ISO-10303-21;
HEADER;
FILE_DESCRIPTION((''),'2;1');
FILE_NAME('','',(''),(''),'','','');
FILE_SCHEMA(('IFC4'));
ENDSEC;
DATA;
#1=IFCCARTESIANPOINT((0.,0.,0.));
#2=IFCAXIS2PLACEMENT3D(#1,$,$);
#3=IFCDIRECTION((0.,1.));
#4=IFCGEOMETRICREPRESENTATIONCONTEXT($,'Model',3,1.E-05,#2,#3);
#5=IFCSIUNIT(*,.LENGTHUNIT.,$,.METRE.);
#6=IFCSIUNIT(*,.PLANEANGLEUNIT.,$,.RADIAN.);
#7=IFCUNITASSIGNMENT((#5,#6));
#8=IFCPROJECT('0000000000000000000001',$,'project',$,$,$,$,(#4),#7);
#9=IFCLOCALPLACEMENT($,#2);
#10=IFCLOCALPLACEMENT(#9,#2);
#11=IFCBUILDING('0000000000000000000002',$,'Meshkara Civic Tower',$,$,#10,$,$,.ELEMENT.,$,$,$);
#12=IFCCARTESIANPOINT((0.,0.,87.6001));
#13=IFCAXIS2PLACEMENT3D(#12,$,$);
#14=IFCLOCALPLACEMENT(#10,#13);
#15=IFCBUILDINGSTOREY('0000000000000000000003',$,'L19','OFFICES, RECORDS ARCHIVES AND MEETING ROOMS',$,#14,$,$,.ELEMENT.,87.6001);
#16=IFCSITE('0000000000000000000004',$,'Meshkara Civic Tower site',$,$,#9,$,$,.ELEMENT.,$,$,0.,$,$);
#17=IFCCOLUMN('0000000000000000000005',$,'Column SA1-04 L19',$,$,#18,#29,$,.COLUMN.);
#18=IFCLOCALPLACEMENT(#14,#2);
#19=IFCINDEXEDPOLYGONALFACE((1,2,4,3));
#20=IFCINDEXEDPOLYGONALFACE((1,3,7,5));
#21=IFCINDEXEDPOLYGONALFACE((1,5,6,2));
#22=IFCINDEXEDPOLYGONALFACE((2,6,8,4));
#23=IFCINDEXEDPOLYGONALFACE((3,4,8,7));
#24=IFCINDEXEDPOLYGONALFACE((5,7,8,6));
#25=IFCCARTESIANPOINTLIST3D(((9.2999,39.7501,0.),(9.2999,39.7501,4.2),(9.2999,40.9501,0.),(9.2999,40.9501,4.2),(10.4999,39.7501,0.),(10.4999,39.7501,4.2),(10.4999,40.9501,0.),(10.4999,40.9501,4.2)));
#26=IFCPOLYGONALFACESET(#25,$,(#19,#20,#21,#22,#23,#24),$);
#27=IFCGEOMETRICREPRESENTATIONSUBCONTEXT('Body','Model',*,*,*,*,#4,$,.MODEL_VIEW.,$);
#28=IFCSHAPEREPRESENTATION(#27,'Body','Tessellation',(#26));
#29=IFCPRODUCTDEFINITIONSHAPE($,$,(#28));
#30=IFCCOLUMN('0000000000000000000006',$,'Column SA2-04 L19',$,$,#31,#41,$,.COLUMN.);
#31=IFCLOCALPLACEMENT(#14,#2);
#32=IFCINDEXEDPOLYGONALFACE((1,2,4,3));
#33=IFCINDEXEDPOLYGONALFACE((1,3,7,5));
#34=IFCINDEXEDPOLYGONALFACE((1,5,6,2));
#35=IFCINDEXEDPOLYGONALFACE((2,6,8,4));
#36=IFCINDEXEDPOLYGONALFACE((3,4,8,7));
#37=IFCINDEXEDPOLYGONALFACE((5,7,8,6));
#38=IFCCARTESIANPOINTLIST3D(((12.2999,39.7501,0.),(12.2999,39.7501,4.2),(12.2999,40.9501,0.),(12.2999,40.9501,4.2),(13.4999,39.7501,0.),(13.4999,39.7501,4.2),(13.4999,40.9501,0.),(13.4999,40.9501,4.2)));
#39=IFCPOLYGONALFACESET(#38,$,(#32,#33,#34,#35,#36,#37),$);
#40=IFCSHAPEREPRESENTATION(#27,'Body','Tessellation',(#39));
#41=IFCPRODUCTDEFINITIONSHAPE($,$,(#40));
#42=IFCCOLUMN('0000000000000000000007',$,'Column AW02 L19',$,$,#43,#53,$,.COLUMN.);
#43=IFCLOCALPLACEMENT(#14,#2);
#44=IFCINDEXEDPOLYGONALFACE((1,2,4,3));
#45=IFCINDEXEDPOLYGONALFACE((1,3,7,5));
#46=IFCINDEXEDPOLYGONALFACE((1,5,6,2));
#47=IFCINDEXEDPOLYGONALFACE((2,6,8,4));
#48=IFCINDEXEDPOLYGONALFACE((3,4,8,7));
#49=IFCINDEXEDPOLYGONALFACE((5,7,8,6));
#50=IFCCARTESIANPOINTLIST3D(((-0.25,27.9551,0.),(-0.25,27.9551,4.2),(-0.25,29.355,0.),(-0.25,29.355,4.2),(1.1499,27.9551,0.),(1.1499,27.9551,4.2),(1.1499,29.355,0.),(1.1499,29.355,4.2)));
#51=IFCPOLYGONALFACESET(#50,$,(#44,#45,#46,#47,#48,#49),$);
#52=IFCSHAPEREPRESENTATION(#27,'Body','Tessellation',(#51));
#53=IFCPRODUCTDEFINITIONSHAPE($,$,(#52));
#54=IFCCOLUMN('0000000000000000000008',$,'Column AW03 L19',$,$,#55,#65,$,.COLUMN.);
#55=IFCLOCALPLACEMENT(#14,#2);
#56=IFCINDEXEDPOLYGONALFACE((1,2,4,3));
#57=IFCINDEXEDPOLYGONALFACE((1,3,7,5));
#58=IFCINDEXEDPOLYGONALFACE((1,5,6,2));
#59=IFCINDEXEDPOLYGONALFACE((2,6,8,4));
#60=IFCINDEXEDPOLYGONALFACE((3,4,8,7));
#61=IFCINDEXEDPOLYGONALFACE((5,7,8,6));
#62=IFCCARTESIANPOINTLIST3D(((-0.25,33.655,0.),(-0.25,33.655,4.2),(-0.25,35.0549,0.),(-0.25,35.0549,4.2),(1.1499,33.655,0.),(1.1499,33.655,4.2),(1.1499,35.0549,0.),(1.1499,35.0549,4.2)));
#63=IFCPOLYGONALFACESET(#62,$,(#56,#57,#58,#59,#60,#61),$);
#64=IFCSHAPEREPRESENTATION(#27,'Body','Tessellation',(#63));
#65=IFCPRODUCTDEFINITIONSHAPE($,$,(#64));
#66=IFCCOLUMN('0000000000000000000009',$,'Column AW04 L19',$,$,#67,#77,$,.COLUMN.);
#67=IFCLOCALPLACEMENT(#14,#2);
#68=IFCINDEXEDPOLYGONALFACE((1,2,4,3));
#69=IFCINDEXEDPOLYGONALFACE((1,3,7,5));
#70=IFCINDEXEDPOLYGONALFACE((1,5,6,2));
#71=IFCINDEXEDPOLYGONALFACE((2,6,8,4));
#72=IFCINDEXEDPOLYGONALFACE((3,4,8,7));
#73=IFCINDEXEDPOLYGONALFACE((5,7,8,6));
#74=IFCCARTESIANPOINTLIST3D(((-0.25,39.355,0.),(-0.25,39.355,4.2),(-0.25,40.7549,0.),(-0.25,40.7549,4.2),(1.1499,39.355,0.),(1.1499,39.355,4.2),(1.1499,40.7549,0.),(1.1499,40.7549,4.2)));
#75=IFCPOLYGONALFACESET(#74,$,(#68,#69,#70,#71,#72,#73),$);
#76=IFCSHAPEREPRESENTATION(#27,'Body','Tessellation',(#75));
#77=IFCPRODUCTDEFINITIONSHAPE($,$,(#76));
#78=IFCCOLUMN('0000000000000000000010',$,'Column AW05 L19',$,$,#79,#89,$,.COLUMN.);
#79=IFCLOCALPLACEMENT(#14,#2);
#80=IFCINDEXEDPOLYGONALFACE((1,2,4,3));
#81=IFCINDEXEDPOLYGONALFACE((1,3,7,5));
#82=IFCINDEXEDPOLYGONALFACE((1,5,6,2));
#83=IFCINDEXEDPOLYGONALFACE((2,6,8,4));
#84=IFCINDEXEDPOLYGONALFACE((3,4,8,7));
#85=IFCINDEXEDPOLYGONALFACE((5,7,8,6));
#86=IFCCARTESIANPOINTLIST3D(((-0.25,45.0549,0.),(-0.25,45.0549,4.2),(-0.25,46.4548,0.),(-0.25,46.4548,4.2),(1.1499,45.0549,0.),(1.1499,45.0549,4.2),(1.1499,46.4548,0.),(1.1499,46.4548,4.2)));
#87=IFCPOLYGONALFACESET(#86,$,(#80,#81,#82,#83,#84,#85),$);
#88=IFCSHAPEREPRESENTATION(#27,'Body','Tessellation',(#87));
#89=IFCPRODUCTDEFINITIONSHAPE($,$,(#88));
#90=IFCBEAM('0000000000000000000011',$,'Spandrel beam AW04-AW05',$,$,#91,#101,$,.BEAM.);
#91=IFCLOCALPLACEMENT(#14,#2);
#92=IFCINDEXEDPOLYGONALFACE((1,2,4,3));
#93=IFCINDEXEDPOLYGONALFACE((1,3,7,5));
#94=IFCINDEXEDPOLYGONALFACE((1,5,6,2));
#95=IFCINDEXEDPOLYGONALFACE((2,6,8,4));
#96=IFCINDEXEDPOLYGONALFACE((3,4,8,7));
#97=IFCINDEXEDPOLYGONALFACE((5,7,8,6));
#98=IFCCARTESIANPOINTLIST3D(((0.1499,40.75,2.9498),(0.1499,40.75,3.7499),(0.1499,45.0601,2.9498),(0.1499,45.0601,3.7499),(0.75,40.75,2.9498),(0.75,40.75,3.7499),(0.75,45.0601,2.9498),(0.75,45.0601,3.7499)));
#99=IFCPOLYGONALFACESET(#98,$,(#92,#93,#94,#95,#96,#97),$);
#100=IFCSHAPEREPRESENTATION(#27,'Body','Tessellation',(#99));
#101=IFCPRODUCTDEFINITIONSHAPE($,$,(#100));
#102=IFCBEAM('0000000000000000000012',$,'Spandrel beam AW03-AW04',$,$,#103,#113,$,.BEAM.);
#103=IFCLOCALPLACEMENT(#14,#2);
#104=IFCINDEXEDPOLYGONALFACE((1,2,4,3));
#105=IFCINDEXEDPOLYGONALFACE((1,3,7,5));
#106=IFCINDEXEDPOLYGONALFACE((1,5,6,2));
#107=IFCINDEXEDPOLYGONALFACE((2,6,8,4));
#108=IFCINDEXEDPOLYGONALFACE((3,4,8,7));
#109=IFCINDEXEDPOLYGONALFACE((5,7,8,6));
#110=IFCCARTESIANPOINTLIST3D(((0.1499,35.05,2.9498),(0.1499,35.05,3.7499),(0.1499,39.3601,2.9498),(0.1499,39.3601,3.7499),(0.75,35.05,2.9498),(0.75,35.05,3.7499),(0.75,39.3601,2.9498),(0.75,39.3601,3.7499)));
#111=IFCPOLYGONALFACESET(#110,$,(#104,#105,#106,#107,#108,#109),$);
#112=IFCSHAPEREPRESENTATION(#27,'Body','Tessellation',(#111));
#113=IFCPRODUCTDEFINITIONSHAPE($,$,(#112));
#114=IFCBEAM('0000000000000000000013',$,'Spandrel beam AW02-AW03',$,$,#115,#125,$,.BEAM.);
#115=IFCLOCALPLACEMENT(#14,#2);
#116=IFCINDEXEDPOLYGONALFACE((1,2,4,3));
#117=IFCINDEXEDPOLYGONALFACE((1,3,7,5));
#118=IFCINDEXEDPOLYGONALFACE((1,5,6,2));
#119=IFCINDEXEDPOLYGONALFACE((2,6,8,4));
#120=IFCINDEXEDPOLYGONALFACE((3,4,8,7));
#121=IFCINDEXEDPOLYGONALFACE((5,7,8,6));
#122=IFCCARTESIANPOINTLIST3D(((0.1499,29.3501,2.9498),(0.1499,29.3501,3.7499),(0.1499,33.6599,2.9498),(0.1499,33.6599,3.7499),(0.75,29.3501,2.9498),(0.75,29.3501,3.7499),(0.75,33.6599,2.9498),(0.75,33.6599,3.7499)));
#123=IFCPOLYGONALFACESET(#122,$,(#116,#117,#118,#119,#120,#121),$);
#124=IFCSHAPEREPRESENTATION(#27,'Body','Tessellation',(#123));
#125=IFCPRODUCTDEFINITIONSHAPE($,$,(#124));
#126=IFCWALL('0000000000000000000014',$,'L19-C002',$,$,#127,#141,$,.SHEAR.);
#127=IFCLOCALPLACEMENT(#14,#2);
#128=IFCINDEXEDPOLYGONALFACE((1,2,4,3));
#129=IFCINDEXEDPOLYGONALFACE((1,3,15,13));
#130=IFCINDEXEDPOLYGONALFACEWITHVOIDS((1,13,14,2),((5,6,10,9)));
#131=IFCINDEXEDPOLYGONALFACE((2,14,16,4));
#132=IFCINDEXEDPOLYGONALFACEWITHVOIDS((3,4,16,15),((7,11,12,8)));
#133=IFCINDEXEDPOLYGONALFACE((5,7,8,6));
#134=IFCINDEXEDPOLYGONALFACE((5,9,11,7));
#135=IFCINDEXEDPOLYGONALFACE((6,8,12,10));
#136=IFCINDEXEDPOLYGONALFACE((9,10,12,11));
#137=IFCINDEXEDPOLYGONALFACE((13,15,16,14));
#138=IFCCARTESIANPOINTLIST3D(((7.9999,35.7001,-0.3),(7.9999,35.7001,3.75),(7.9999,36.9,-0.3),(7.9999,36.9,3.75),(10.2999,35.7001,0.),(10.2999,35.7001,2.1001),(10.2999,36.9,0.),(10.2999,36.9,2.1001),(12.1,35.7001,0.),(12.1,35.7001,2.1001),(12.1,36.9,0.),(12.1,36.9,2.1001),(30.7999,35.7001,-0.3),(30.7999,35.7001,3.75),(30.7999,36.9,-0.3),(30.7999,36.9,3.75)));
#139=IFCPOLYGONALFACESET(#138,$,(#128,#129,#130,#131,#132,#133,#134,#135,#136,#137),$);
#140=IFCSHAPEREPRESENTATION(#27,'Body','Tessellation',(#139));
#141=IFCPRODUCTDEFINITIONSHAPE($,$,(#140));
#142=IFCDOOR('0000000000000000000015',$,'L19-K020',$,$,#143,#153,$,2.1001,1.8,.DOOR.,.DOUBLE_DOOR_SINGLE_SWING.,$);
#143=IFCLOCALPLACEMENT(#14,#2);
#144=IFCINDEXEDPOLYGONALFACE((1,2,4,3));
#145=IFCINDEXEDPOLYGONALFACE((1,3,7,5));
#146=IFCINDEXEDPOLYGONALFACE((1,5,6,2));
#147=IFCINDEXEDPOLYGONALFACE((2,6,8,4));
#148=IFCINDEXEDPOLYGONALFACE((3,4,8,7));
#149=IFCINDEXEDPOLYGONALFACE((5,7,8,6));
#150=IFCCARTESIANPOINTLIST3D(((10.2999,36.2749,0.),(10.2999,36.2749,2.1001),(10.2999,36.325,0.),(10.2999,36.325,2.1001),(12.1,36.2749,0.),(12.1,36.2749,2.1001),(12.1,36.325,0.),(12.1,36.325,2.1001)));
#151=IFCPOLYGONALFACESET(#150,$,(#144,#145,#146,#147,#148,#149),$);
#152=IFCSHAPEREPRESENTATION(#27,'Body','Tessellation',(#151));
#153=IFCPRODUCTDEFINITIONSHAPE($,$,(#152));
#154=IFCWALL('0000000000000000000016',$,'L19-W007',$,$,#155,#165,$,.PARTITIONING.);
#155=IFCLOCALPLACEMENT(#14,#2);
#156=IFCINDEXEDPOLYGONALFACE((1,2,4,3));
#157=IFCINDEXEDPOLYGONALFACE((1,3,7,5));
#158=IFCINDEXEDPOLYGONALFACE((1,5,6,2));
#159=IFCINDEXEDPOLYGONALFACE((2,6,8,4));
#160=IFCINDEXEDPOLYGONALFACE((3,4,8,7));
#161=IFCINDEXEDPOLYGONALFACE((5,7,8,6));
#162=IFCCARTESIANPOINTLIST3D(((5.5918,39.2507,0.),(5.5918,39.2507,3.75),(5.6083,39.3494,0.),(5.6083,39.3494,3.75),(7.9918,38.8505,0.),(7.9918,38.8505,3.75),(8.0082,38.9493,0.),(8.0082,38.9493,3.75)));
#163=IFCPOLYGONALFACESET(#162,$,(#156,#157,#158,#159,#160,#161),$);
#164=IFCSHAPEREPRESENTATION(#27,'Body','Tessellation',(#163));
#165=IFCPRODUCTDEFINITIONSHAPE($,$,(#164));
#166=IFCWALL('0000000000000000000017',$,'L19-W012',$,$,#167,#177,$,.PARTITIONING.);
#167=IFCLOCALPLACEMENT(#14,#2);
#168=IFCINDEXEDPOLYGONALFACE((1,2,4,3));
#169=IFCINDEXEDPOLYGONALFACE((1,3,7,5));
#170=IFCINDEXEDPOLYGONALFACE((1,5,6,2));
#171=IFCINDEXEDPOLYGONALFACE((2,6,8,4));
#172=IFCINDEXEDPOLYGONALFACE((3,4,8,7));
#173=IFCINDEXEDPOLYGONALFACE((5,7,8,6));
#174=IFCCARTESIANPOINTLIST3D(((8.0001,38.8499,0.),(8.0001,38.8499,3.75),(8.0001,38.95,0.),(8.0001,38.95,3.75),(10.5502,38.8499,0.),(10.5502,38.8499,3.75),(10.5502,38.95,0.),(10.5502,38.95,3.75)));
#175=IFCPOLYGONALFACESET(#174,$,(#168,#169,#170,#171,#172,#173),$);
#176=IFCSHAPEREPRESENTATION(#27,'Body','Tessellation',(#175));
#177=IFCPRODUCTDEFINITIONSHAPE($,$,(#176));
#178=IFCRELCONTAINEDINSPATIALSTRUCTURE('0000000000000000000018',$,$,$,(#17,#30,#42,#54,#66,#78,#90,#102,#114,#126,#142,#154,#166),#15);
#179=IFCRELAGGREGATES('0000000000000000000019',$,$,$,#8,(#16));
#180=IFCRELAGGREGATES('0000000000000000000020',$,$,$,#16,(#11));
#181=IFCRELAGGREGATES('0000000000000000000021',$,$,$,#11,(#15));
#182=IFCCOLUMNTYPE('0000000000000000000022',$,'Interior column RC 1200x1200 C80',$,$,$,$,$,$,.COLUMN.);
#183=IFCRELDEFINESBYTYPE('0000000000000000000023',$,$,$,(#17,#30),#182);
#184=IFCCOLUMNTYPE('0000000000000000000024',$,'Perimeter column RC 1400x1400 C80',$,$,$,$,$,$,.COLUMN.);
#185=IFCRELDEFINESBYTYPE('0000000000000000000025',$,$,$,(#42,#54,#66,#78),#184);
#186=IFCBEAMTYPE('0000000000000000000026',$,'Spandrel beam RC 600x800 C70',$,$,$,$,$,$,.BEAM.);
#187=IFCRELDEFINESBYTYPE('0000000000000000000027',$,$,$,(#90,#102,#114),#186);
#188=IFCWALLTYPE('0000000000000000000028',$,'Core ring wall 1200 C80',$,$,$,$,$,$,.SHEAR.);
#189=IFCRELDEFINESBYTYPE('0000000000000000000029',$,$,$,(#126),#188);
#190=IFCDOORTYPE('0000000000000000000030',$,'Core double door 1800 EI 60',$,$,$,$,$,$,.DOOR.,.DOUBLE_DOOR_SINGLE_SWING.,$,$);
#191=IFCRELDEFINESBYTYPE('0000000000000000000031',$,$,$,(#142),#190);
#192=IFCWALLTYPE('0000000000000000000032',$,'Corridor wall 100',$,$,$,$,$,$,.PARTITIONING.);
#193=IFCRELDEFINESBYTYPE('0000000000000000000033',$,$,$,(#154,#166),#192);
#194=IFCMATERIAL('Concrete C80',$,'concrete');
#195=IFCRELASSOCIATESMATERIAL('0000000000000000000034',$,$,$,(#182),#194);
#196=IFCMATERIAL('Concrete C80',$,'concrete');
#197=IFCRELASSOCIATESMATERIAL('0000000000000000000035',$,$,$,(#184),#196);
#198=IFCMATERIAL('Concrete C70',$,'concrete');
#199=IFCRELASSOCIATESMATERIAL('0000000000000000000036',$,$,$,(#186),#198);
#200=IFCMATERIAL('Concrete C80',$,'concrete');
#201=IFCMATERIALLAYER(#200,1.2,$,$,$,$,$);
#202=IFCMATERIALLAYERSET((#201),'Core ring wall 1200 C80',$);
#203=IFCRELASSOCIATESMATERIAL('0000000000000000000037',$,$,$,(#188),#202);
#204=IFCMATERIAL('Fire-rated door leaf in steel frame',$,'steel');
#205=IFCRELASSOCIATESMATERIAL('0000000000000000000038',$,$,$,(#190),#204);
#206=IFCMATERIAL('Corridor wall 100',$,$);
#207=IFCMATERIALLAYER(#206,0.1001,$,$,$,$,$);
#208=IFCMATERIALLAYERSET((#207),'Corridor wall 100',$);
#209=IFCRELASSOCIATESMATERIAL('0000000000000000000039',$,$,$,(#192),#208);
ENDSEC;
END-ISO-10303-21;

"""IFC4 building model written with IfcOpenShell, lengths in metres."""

from ifc_helpers import new_model, si_unit, direction, frame, frame_2d, origin, origin_2d, place, context, subcontext, project, spatial, rectangle, extrude, material, layer, layer_set, material_profile, profile_set, type_object, element, fill, save


model = new_model("IFC4")

# Units and contexts
model_context = context("Model", 3, precision=1e-05, world=origin(), true_north=direction((0.0, 1.0)))
body_context = subcontext(model_context, "Body", "Model", "MODEL_VIEW")
ifc_project = project(units=[si_unit("LENGTHUNIT", "METRE"), si_unit("PLANEANGLEUNIT", "RADIAN")], contexts=[model_context])

# Site, building, storey
site_placement = place(None, origin())
site = spatial("IfcSite", under=ifc_project, at=site_placement, Name="Meshkara Civic Tower site", CompositionType="ELEMENT", RefElevation=0.0)
building_placement = place(site_placement, origin())
building = spatial("IfcBuilding", under=site, at=building_placement, Name="Meshkara Civic Tower", CompositionType="ELEMENT")
storey_placement = place(building_placement, frame((0.0, 0.0, 87.6001)))
storey = spatial("IfcBuildingStorey", under=building, at=storey_placement, Name="L19", Description="OFFICES, RECORDS ARCHIVES AND MEETING ROOMS", CompositionType="ELEMENT", Elevation=87.6001)

# Columns
ifc_material_1 = material(Name="Concrete C80", Category="concrete")
ifc_material_profile_1 = material_profile(ifc_material_1, rectangle(XDim=1.2, YDim=1.2, at=origin_2d()))
ifc_profile_set_1 = profile_set([ifc_material_profile_1], Name="Concrete C80")
column_type_1 = type_object("IfcColumnType", Name="Interior column RC 1200x1200 C80", PredefinedType="COLUMN", material=ifc_profile_set_1)
for number, where, z_axis, x_axis, name in (
    (1, (9.8999, 40.3501, 0.0), (0.0, 0.0, 1.0), (1.0, 0.0, 0.0), "Column SA1-04 L19"),
    (2, (12.8999, 40.3501, 0.0), (0.0, 0.0, 1.0), (1.0, 0.0, 0.0), "Column SA2-04 L19"),
):
    element("IfcColumn", number, at=place(storey_placement, frame(where, z_axis=z_axis, x_axis=x_axis)), inside=storey, type_object=column_type_1, Name=name, PredefinedType="COLUMN", context=body_context, shape_type="SweptSolid", body=[
        extrude(rectangle(XDim=1.2, YDim=1.2, at=origin_2d()), origin(), (0.0, 0.0, 1.0), 4.2),
    ])
ifc_material_2 = material(Name="Concrete C80", Category="concrete")
ifc_material_profile_2 = material_profile(ifc_material_2, rectangle(XDim=1.3999, YDim=1.3999, at=origin_2d()))
ifc_profile_set_2 = profile_set([ifc_material_profile_2], Name="Concrete C80")
column_type_2 = type_object("IfcColumnType", Name="Perimeter column RC 1400x1400 C80", PredefinedType="COLUMN", material=ifc_profile_set_2)
for number, where, z_axis, x_axis, name in (
    (3, (0.45, 28.655, 0.0), (0.0, 0.0, 1.0), (1.0, 0.0, 0.0), "Column AW02 L19"),
    (4, (0.45, 34.355, 0.0), (0.0, 0.0, 1.0), (1.0, 0.0, 0.0), "Column AW03 L19"),
    (5, (0.45, 40.0549, 0.0), (0.0, 0.0, 1.0), (1.0, 0.0, 0.0), "Column AW04 L19"),
    (6, (0.45, 45.7549, 0.0), (0.0, 0.0, 1.0), (1.0, 0.0, 0.0), "Column AW05 L19"),
):
    element("IfcColumn", number, at=place(storey_placement, frame(where, z_axis=z_axis, x_axis=x_axis)), inside=storey, type_object=column_type_2, Name=name, PredefinedType="COLUMN", context=body_context, shape_type="SweptSolid", body=[
        extrude(rectangle(XDim=1.3999, YDim=1.3999, at=origin_2d()), origin(), (0.0, 0.0, 1.0), 4.2),
    ])

# Beams
ifc_material_3 = material(Name="Concrete C70", Category="concrete")
ifc_material_profile_3 = material_profile(ifc_material_3, rectangle(XDim=0.6001, YDim=0.8, at=origin_2d()))
ifc_profile_set_3 = profile_set([ifc_material_profile_3], Name="Concrete C70")
beam_type = type_object("IfcBeamType", Name="Spandrel beam RC 600x800 C70", PredefinedType="BEAM", material=ifc_profile_set_3)
for number, where, z_axis, x_axis, name in (
    (7, (0.45, 45.0601, 3.3499), (0.0, -1.0, 0.0), (1.0, 0.0, 0.0), "Spandrel beam AW04-AW05"),
    (8, (0.45, 39.3601, 3.3499), (0.0, -1.0, 0.0), (1.0, 0.0, 0.0), "Spandrel beam AW03-AW04"),
):
    element("IfcBeam", number, at=place(storey_placement, frame(where, z_axis=z_axis, x_axis=x_axis)), inside=storey, type_object=beam_type, Name=name, PredefinedType="BEAM", context=body_context, shape_type="SweptSolid", body=[
        extrude(rectangle(XDim=0.6001, YDim=0.8, at=origin_2d()), origin(), (0.0, 0.0, 1.0), 4.3101),
    ])
beam_placement = place(storey_placement, frame((0.45, 33.6599, 3.3499), z_axis=(0.0, -1.0, 0.0), x_axis=(1.0, 0.0, 0.0)))
element("IfcBeam", 9, at=beam_placement, inside=storey, type_object=beam_type, Name="Spandrel beam AW02-AW03", PredefinedType="BEAM", context=body_context, shape_type="SweptSolid", body=[
    extrude(rectangle(XDim=0.6001, YDim=0.8, at=origin_2d()), origin(), (0.0, 0.0, 1.0), 4.3098),
])

# Wall, opening, door
ifc_material_4 = material(Name="Concrete C80", Category="concrete")
ifc_layer_1 = layer(ifc_material_4, 1.2)
ifc_layer_set_1 = layer_set([ifc_layer_1], Name="Core ring wall 1200 C80")
wall_type_1 = type_object("IfcWallType", Name="Core ring wall 1200 C80", PredefinedType="SHEAR", material=ifc_layer_set_1)
wall_1_placement = place(storey_placement, frame((8.0, 36.3, -0.3), z_axis=(0.0, 0.0, 1.0), x_axis=(1.0, 0.0, 0.0)))
wall_1 = element("IfcWall", 10, at=wall_1_placement, inside=storey, type_object=wall_type_1, Name="L19-C002", PredefinedType="SHEAR", context=body_context, shape_type="SweptSolid", body=[
    extrude(rectangle(XDim=22.8, YDim=1.2, at=frame_2d((11.3999, 0.0))), origin(), (0.0, 0.0, 1.0), 4.05),
])
opening_1_placement = place(wall_1_placement, frame((2.3, 0.0, 0.3)))
opening_1 = element("IfcOpeningElement", 11, at=opening_1_placement, cuts=wall_1, PredefinedType="OPENING", context=body_context, shape_type="SweptSolid", body=[
    extrude(rectangle(XDim=1.8, YDim=2.1001, at=frame_2d((0.8999, 1.05))), frame((0.0, 0.6099, 0.0), z_axis=(0.0, -1.0, 0.0), x_axis=(1.0, 0.0, 0.0)), (0.0, 0.0, 1.0), 1.22),
])
ifc_material_5 = material(Name="Fire-rated door leaf in steel frame", Category="steel")
door_type_1 = type_object("IfcDoorType", Name="Core double door 1800 EI 60", OperationType="DOUBLE_DOOR_SINGLE_SWING", PredefinedType="DOOR", material=ifc_material_5)
door_1_placement = place(opening_1_placement, origin())
door_1 = element("IfcDoor", 12, at=door_1_placement, inside=storey, type_object=door_type_1, Name="L19-K020", OperationType="DOUBLE_DOOR_SINGLE_SWING", OverallHeight=2.1001, OverallWidth=1.8, PredefinedType="DOOR", context=body_context, shape_type="SweptSolid", body=[
    extrude(rectangle(XDim=1.8, YDim=2.1001, at=frame_2d((0.8999, 1.05))), frame((0.0, 0.0249, 0.0), z_axis=(0.0, -1.0, 0.0), x_axis=(1.0, 0.0, 0.0)), (0.0, 0.0, 1.0), 0.05),
])
fill(opening_1, door_1)

# Walls
ifc_material_6 = material(Name="Corridor wall 100")
ifc_layer_2 = layer(ifc_material_6, 0.1001)
ifc_layer_set_2 = layer_set([ifc_layer_2], Name="Corridor wall 100")
wall_type_2 = type_object("IfcWallType", Name="Corridor wall 100", PredefinedType="PARTITIONING", material=ifc_layer_set_2)
wall_2_placement = place(storey_placement, frame((8.0, 38.8999, 0.0), z_axis=(0.0, 0.0, 1.0), x_axis=(-0.986383, 0.164464, 0.0)))
element("IfcWall", 13, at=wall_2_placement, inside=storey, type_object=wall_type_2, Name="L19-W007", PredefinedType="PARTITIONING", context=body_context, shape_type="SweptSolid", body=[
    extrude(rectangle(XDim=2.4331, YDim=0.1001, at=frame_2d((1.2166, 0.0))), origin(), (0.0, 0.0, 1.0), 3.75),
])
wall_3_placement = place(storey_placement, frame((10.55, 38.8999, 0.0), z_axis=(0.0, 0.0, 1.0), x_axis=(-1.0, 0.0, 0.0)))
element("IfcWall", 14, at=wall_3_placement, inside=storey, type_object=wall_type_2, Name="L19-W012", PredefinedType="PARTITIONING", context=body_context, shape_type="SweptSolid", body=[
    extrude(rectangle(XDim=2.55, YDim=0.1001, at=frame_2d((1.2749, 0.0))), origin(), (0.0, 0.0, 1.0), 3.75),
])

save(model, "model.ifc")
